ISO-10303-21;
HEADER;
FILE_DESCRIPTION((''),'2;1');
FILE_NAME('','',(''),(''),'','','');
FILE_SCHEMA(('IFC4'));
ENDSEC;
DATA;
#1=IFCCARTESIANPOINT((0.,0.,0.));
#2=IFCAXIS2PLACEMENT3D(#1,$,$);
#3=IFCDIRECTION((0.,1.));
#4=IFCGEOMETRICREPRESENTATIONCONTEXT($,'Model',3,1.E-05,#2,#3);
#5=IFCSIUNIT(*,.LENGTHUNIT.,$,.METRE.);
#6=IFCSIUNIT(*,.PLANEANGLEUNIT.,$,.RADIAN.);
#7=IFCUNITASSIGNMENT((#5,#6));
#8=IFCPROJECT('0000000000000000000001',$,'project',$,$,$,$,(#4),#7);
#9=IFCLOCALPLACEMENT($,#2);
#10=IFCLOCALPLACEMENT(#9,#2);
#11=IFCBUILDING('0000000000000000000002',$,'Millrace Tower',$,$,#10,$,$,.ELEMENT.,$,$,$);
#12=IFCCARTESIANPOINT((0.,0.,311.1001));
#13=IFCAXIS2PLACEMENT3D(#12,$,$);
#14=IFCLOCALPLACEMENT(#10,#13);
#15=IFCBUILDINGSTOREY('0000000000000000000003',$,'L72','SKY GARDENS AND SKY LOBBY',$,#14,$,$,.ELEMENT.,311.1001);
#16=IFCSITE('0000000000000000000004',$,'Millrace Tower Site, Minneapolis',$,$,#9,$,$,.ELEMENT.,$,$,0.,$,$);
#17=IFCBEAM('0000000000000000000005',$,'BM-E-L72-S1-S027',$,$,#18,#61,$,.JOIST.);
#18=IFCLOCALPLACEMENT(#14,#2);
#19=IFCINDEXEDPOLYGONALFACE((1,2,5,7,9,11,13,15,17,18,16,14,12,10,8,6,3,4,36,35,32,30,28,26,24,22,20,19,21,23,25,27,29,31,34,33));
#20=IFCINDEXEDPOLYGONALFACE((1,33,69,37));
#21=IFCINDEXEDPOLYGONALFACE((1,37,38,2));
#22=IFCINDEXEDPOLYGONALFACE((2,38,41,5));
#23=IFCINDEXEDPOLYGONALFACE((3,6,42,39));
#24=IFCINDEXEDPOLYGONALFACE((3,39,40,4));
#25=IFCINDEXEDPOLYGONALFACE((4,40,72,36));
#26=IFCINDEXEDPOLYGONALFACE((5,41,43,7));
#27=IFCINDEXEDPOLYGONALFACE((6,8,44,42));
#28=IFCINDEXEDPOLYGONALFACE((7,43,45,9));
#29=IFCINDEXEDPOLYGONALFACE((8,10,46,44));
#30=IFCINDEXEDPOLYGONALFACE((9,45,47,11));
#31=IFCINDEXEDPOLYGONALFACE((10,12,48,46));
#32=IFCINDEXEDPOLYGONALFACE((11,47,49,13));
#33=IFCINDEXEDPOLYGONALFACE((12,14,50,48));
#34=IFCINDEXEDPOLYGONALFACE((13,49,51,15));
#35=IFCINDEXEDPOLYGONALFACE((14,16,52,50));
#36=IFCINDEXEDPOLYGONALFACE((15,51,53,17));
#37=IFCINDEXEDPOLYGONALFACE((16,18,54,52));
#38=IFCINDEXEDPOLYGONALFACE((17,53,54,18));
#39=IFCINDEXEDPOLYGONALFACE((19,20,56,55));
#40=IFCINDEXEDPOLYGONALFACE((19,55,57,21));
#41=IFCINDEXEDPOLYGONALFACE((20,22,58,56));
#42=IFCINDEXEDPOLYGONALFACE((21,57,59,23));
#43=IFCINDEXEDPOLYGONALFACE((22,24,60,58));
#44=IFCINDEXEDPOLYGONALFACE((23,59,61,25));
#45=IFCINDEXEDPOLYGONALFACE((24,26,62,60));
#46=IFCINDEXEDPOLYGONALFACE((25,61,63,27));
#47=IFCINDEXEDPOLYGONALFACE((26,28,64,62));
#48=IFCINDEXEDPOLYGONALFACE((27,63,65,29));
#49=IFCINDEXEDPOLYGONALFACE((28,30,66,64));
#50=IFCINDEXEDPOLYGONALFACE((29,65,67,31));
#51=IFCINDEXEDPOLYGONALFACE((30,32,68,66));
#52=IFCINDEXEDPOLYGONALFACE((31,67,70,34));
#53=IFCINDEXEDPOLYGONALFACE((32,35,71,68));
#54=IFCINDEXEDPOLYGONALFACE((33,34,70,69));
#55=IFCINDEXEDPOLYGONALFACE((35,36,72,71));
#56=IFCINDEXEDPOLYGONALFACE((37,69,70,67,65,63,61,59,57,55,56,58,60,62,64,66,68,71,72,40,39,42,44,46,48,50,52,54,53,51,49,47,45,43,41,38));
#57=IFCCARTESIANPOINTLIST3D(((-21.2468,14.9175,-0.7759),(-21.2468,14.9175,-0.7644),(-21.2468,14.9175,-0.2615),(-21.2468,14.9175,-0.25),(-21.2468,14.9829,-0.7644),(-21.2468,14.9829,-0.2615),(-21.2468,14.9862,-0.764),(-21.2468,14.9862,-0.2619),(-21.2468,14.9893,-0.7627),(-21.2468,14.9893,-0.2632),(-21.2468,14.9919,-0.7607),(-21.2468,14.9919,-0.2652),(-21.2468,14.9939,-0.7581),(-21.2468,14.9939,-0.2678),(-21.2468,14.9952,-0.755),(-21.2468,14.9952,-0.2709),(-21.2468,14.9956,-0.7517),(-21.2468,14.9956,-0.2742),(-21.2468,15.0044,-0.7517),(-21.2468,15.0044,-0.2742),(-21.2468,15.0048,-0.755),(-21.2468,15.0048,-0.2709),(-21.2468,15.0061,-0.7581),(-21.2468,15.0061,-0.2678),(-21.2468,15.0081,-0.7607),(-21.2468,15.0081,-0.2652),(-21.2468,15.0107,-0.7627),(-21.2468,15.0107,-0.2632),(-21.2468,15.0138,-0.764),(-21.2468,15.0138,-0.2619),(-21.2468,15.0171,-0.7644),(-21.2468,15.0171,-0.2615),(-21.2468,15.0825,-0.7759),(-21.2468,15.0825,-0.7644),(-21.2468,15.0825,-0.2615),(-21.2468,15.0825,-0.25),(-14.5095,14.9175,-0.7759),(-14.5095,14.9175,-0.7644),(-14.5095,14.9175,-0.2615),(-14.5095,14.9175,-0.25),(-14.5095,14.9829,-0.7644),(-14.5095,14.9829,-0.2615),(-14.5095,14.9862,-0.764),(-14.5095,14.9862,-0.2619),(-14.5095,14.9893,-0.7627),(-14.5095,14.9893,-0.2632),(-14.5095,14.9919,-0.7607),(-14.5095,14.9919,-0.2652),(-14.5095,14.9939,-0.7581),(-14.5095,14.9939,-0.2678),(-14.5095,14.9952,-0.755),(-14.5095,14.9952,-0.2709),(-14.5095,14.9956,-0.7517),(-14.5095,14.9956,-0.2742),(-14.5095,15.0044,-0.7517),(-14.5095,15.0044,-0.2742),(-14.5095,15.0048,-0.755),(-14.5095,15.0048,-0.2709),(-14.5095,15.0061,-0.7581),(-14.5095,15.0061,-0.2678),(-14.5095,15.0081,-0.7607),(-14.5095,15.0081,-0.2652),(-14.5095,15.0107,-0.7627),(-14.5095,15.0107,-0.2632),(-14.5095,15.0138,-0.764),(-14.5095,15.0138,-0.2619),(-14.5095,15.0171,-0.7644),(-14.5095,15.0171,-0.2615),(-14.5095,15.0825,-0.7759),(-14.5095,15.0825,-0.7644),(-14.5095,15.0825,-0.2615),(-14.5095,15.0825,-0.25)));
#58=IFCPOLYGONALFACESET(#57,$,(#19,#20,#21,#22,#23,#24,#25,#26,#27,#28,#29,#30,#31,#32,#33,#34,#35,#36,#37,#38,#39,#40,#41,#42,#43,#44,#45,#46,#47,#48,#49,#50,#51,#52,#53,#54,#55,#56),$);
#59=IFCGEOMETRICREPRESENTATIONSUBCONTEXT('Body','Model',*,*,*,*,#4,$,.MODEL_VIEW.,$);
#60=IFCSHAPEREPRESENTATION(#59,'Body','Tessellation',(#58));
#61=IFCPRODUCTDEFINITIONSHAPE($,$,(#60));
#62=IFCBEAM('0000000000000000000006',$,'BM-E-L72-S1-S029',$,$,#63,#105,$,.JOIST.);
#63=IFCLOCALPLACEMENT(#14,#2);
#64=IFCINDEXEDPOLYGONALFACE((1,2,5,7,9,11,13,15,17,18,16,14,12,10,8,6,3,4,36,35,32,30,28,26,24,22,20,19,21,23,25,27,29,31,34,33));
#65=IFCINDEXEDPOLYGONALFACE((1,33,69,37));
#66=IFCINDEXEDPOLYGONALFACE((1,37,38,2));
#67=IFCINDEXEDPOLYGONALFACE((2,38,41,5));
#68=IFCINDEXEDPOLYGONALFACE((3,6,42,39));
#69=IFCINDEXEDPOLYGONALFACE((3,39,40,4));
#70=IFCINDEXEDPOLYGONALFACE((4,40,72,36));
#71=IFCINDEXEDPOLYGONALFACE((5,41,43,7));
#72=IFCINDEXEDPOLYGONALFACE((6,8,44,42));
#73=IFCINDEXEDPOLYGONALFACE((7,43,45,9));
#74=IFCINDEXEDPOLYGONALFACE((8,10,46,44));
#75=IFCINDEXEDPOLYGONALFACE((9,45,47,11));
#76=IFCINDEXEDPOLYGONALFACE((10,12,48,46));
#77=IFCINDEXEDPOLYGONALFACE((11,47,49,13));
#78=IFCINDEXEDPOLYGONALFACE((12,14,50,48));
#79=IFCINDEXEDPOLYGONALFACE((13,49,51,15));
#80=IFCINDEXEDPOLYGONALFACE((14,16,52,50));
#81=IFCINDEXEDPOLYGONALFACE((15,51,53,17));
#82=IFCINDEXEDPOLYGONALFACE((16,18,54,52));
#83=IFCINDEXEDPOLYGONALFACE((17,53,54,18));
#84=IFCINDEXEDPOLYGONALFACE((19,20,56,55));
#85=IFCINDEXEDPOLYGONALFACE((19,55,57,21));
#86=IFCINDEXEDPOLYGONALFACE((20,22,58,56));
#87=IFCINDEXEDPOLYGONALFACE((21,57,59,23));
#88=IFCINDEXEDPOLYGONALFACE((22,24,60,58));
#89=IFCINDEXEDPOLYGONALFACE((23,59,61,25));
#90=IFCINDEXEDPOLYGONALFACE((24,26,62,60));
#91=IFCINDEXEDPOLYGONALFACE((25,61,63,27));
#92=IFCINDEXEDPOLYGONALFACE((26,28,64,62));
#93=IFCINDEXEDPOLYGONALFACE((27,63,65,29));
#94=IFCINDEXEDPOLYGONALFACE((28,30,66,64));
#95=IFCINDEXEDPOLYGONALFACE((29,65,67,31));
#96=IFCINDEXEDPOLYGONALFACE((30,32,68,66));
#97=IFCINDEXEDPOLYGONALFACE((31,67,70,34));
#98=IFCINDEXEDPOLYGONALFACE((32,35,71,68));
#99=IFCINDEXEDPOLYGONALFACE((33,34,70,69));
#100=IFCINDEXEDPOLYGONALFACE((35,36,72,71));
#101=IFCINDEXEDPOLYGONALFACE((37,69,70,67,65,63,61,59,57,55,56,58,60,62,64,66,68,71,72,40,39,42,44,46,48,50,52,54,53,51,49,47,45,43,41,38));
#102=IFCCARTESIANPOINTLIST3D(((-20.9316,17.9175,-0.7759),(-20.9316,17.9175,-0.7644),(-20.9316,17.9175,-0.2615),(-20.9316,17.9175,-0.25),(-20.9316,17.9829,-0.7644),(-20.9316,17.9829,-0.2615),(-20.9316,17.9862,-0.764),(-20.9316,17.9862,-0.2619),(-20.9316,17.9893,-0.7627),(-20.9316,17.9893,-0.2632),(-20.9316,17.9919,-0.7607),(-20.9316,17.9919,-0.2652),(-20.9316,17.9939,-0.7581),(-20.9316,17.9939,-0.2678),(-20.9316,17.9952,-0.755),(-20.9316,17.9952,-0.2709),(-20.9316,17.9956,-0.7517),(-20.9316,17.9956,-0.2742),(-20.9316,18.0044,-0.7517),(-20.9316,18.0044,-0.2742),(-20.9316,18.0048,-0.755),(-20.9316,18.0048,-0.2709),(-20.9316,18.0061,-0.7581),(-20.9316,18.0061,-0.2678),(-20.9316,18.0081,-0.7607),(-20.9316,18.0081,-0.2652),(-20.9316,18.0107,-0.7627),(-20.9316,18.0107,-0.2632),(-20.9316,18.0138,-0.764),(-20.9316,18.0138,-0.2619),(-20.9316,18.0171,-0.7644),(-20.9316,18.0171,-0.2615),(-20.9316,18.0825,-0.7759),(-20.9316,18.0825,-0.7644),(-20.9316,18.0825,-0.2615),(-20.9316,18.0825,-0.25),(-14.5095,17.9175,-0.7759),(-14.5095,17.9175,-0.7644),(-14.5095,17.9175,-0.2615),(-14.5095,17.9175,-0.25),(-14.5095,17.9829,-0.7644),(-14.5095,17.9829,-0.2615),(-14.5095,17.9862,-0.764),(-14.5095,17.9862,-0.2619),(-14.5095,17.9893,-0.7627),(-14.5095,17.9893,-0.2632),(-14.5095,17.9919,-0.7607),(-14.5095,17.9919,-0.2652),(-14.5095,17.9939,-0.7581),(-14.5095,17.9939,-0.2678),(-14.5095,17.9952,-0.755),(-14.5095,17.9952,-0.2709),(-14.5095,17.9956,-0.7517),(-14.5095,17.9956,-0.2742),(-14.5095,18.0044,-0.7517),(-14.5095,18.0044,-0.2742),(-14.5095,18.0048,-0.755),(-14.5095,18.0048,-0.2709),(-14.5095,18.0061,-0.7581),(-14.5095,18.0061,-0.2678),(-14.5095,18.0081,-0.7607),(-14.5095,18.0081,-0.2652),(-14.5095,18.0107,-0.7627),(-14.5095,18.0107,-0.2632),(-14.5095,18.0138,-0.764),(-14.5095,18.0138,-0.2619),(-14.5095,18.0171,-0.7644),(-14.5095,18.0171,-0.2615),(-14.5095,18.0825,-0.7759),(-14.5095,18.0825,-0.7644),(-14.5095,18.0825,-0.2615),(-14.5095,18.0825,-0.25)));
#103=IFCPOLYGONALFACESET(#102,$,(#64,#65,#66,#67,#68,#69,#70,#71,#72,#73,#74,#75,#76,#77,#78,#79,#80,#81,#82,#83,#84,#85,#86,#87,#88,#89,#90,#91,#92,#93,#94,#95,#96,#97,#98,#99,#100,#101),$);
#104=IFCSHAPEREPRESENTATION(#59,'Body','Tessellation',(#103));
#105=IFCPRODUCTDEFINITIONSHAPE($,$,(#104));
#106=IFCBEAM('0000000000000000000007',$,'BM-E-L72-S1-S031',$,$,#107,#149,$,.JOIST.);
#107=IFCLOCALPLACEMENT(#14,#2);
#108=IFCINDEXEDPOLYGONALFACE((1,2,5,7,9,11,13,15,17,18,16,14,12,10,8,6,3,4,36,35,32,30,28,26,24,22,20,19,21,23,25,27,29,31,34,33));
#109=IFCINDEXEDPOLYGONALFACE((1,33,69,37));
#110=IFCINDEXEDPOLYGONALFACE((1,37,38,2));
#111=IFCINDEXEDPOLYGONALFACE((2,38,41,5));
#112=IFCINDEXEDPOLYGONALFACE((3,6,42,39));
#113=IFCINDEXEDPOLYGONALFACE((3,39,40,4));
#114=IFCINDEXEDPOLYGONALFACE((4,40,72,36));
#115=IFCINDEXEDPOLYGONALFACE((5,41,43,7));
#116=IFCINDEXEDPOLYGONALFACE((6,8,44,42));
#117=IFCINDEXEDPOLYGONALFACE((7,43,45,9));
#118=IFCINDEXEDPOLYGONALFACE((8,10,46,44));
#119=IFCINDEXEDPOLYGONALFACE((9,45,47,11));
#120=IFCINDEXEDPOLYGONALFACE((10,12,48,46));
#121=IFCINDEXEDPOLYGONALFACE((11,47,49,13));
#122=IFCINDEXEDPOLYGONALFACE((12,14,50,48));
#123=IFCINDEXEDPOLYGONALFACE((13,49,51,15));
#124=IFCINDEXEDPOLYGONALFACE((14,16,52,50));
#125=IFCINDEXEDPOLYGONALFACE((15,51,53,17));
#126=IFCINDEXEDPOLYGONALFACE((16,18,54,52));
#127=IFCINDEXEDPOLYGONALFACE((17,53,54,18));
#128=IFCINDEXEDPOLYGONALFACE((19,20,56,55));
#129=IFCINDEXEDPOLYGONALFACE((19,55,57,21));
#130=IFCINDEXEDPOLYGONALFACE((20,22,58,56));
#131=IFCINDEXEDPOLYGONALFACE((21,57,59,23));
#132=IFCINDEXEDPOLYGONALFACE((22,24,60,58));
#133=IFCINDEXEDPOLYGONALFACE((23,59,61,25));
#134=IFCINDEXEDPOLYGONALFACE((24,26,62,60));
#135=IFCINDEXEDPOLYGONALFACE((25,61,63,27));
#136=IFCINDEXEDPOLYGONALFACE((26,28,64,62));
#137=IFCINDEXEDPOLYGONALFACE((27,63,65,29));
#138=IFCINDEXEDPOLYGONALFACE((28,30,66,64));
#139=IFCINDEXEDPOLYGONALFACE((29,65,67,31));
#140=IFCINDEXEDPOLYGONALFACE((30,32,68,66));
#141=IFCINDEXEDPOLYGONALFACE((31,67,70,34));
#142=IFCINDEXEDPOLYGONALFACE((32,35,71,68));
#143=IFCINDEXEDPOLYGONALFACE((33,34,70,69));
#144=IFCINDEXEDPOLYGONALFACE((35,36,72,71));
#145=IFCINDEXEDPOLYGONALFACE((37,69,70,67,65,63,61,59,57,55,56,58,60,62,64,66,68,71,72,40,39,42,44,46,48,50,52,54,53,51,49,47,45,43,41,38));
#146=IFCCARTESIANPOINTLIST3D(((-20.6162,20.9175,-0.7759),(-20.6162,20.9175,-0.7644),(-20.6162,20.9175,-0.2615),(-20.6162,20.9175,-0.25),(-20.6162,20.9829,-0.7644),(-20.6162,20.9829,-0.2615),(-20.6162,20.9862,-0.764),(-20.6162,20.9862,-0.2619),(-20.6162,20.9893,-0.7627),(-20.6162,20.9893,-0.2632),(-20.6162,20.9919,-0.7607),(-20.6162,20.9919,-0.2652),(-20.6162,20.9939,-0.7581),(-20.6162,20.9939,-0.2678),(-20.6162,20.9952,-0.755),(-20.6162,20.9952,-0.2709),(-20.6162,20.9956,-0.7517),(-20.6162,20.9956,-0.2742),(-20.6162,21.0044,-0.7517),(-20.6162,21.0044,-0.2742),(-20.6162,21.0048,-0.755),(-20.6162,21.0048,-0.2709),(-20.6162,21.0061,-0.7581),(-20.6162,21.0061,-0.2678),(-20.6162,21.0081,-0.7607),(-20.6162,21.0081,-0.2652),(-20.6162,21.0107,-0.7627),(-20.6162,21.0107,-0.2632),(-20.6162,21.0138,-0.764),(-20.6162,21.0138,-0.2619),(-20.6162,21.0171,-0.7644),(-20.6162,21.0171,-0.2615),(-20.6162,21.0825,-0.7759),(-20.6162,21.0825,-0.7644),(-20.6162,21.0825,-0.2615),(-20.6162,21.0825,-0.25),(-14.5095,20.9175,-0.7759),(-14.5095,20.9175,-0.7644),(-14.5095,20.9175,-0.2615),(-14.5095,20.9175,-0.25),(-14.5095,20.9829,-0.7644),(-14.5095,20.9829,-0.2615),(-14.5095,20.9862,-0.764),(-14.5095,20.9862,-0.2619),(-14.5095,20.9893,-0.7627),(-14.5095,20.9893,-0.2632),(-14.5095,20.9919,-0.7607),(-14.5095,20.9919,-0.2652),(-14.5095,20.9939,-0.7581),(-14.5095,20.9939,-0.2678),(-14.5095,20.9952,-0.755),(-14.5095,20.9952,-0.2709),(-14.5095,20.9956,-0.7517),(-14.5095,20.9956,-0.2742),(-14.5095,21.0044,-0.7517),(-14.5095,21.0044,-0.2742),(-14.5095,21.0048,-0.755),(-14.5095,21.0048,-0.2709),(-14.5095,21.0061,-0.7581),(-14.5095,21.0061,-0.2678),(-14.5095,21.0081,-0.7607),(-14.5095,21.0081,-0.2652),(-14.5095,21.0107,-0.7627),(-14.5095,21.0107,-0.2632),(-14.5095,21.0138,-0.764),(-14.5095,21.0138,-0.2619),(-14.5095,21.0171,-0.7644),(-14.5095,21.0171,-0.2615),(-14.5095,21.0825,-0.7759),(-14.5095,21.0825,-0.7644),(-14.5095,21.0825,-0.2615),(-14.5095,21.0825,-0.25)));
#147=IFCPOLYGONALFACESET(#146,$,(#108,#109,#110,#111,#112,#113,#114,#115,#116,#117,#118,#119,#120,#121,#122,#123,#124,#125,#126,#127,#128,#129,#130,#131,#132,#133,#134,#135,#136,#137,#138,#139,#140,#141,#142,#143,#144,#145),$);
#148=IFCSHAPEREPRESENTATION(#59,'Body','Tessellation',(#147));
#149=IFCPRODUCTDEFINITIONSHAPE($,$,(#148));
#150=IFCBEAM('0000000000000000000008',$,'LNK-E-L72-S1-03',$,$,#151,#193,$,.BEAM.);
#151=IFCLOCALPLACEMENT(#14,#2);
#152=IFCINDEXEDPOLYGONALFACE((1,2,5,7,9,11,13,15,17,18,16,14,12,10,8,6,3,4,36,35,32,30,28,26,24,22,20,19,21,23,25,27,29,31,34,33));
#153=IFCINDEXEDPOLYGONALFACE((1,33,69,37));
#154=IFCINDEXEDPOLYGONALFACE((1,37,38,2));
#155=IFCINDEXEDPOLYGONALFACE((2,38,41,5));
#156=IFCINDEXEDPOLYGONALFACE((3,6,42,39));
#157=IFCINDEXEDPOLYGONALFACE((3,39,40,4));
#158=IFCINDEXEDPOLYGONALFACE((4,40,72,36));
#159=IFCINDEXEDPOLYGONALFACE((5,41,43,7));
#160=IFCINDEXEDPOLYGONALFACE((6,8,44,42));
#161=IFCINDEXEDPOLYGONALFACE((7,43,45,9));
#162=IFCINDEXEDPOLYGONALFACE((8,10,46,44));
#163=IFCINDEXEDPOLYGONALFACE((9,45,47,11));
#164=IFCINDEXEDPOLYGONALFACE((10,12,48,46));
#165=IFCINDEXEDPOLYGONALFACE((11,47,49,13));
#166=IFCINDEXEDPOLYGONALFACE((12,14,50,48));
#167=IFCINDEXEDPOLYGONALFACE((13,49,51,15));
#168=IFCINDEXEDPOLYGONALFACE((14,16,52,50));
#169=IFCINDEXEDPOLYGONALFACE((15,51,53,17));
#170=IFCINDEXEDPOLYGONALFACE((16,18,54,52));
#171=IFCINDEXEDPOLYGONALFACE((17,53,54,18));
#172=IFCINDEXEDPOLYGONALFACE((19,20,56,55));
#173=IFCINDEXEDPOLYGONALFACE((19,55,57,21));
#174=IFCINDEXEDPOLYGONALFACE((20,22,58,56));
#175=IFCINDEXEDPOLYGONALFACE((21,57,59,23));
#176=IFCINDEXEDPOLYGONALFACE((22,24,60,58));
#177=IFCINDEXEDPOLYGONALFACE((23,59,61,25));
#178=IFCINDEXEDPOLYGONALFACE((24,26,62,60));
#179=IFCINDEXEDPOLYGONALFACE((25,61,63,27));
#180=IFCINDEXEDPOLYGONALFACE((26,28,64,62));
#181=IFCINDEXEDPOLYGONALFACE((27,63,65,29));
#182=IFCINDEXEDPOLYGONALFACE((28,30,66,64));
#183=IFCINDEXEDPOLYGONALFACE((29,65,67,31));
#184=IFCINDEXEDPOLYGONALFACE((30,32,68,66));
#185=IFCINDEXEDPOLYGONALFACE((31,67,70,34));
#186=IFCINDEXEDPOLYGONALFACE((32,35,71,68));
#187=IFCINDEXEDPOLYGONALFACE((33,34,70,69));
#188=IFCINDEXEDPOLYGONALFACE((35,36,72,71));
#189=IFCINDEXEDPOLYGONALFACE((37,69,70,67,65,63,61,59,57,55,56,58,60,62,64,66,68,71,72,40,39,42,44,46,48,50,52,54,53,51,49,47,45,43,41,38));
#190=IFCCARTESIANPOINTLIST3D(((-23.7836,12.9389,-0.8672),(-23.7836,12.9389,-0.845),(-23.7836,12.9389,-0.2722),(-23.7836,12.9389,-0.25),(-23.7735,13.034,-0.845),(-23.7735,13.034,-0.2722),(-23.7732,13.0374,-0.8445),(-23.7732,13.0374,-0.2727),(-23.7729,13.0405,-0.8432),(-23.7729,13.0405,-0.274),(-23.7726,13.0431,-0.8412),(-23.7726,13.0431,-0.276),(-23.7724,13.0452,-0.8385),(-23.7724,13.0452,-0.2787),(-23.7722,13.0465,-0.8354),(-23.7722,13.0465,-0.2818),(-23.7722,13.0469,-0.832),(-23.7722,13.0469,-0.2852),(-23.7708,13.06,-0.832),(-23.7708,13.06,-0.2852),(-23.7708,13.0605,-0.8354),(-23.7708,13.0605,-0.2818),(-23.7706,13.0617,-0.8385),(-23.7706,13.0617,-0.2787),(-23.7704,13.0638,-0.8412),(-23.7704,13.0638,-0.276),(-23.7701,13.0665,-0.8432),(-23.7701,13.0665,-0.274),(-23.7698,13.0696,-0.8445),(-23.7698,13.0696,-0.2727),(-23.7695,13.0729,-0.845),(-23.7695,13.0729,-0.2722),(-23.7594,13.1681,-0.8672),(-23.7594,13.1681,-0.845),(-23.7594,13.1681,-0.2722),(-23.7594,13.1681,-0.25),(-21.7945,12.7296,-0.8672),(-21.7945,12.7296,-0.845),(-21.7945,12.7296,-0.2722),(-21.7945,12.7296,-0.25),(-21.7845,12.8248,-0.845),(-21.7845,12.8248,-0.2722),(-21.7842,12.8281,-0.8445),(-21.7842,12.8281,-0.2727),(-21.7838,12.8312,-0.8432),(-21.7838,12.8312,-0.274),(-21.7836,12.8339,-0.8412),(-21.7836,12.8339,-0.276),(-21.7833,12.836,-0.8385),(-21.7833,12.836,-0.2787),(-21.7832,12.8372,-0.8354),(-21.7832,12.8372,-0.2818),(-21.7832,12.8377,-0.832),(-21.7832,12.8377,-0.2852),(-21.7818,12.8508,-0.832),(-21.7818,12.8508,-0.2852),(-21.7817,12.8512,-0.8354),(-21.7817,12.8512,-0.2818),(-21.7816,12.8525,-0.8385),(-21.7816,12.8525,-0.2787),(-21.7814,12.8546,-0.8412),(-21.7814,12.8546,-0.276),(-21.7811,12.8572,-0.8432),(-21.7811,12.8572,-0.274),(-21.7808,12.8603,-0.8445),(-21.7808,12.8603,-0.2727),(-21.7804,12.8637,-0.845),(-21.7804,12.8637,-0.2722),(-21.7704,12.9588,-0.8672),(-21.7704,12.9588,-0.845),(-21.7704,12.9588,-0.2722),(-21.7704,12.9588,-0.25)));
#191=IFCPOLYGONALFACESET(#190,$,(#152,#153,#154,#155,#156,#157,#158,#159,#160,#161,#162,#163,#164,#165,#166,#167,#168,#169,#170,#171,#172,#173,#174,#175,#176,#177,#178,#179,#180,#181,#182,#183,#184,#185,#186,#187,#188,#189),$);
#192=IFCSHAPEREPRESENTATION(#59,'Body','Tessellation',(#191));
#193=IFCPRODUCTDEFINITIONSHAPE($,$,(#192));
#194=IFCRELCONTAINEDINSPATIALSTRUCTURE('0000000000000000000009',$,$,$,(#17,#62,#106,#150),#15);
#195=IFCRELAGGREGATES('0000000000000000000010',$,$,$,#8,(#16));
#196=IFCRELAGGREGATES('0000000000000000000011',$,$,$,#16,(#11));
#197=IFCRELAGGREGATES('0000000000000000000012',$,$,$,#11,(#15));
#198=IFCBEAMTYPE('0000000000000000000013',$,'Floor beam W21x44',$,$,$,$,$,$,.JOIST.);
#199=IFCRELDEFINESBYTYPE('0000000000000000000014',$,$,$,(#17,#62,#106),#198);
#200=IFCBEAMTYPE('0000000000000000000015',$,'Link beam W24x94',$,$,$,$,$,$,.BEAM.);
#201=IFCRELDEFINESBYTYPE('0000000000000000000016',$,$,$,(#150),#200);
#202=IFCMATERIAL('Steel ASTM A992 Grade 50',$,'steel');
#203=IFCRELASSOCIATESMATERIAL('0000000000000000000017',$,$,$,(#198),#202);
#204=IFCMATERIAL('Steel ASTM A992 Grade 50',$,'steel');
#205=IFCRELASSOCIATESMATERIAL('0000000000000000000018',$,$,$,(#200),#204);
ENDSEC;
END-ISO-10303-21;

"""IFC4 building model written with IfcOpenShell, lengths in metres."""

from ifc_helpers import new_model, si_unit, direction, frame, origin, origin_2d, place, context, subcontext, project, spatial, i_section, extrude, material, material_profile, profile_set, type_object, element, save


model = new_model("IFC4")

# Units and contexts
model_context = context("Model", 3, precision=1e-05, world=origin(), true_north=direction((0.0, 1.0)))
body_context = subcontext(model_context, "Body", "Model", "MODEL_VIEW")
ifc_project = project(units=[si_unit("LENGTHUNIT", "METRE"), si_unit("PLANEANGLEUNIT", "RADIAN")], contexts=[model_context])

# Site, building, storey
site_placement = place(None, origin())
site = spatial("IfcSite", under=ifc_project, at=site_placement, Name="Millrace Tower Site, Minneapolis", CompositionType="ELEMENT", RefElevation=0.0)
building_placement = place(site_placement, origin())
building = spatial("IfcBuilding", under=site, at=building_placement, Name="Millrace Tower", CompositionType="ELEMENT")
storey_placement = place(building_placement, frame((0.0, 0.0, 311.1001)))
storey = spatial("IfcBuildingStorey", under=building, at=storey_placement, Name="L72", Description="SKY GARDENS AND SKY LOBBY", CompositionType="ELEMENT", Elevation=311.1001)

# Beams
ifc_material_1 = material(Name="Steel ASTM A992 Grade 50", Category="steel")
ifc_material_profile_1 = material_profile(ifc_material_1, i_section(OverallWidth=0.165, OverallDepth=0.5259, WebThickness=0.0088, FlangeThickness=0.0115, FilletRadius=0.0127, at=origin_2d()))
ifc_profile_set_1 = profile_set([ifc_material_profile_1], Name="Steel ASTM A992 Grade 50")
beam_type_1 = type_object("IfcBeamType", Name="Floor beam W21x44", PredefinedType="JOIST", material=ifc_profile_set_1)
beam_1_placement = place(storey_placement, frame((-21.2468, 15.0, -0.5129), z_axis=(1.0, 0.0, 0.0), x_axis=(0.0, 1.0, 0.0)))
element("IfcBeam", 1, at=beam_1_placement, inside=storey, type_object=beam_type_1, Name="BM-E-L72-S1-S027", PredefinedType="JOIST", context=body_context, shape_type="SweptSolid", body=[
    extrude(i_section(OverallWidth=0.165, OverallDepth=0.5259, WebThickness=0.0088, FlangeThickness=0.0115, FilletRadius=0.0127, at=origin_2d()), origin(), (0.0, 0.0, 1.0), 6.7373),
])
beam_2_placement = place(storey_placement, frame((-20.9316, 18.0, -0.5129), z_axis=(1.0, 0.0, 0.0), x_axis=(0.0, 1.0, 0.0)))
element("IfcBeam", 2, at=beam_2_placement, inside=storey, type_object=beam_type_1, Name="BM-E-L72-S1-S029", PredefinedType="JOIST", context=body_context, shape_type="SweptSolid", body=[
    extrude(i_section(OverallWidth=0.165, OverallDepth=0.5259, WebThickness=0.0088, FlangeThickness=0.0115, FilletRadius=0.0127, at=origin_2d()), origin(), (0.0, 0.0, 1.0), 6.4221),
])
beam_3_placement = place(storey_placement, frame((-20.6162, 21.0, -0.5129), z_axis=(1.0, 0.0, 0.0), x_axis=(0.0, 1.0, 0.0)))
element("IfcBeam", 3, at=beam_3_placement, inside=storey, type_object=beam_type_1, Name="BM-E-L72-S1-S031", PredefinedType="JOIST", context=body_context, shape_type="SweptSolid", body=[
    extrude(i_section(OverallWidth=0.165, OverallDepth=0.5259, WebThickness=0.0088, FlangeThickness=0.0115, FilletRadius=0.0127, at=origin_2d()), origin(), (0.0, 0.0, 1.0), 6.1067),
])
ifc_material_2 = material(Name="Steel ASTM A992 Grade 50", Category="steel")
ifc_material_profile_2 = material_profile(ifc_material_2, i_section(OverallWidth=0.2305, OverallDepth=0.6172, WebThickness=0.0132, FlangeThickness=0.0222, FilletRadius=0.0129, at=origin_2d()))
ifc_profile_set_2 = profile_set([ifc_material_profile_2], Name="Steel ASTM A992 Grade 50")
beam_type_2 = type_object("IfcBeamType", Name="Link beam W24x94", PredefinedType="BEAM", material=ifc_profile_set_2)
beam_4_placement = place(storey_placement, frame((-21.7825, 12.8442, -0.5586), z_axis=(-0.994513, 0.104615, 0.0), x_axis=(-0.104615, -0.994513, 0.0)))
element("IfcBeam", 4, at=beam_4_placement, inside=storey, type_object=beam_type_2, Name="LNK-E-L72-S1-03", PredefinedType="BEAM", context=body_context, shape_type="SweptSolid", body=[
    extrude(i_section(OverallWidth=0.2305, OverallDepth=0.6172, WebThickness=0.0132, FlangeThickness=0.0222, FilletRadius=0.0129, at=origin_2d()), origin(), (0.0, 0.0, 1.0), 2.0),
])

save(model, "model.ifc")
